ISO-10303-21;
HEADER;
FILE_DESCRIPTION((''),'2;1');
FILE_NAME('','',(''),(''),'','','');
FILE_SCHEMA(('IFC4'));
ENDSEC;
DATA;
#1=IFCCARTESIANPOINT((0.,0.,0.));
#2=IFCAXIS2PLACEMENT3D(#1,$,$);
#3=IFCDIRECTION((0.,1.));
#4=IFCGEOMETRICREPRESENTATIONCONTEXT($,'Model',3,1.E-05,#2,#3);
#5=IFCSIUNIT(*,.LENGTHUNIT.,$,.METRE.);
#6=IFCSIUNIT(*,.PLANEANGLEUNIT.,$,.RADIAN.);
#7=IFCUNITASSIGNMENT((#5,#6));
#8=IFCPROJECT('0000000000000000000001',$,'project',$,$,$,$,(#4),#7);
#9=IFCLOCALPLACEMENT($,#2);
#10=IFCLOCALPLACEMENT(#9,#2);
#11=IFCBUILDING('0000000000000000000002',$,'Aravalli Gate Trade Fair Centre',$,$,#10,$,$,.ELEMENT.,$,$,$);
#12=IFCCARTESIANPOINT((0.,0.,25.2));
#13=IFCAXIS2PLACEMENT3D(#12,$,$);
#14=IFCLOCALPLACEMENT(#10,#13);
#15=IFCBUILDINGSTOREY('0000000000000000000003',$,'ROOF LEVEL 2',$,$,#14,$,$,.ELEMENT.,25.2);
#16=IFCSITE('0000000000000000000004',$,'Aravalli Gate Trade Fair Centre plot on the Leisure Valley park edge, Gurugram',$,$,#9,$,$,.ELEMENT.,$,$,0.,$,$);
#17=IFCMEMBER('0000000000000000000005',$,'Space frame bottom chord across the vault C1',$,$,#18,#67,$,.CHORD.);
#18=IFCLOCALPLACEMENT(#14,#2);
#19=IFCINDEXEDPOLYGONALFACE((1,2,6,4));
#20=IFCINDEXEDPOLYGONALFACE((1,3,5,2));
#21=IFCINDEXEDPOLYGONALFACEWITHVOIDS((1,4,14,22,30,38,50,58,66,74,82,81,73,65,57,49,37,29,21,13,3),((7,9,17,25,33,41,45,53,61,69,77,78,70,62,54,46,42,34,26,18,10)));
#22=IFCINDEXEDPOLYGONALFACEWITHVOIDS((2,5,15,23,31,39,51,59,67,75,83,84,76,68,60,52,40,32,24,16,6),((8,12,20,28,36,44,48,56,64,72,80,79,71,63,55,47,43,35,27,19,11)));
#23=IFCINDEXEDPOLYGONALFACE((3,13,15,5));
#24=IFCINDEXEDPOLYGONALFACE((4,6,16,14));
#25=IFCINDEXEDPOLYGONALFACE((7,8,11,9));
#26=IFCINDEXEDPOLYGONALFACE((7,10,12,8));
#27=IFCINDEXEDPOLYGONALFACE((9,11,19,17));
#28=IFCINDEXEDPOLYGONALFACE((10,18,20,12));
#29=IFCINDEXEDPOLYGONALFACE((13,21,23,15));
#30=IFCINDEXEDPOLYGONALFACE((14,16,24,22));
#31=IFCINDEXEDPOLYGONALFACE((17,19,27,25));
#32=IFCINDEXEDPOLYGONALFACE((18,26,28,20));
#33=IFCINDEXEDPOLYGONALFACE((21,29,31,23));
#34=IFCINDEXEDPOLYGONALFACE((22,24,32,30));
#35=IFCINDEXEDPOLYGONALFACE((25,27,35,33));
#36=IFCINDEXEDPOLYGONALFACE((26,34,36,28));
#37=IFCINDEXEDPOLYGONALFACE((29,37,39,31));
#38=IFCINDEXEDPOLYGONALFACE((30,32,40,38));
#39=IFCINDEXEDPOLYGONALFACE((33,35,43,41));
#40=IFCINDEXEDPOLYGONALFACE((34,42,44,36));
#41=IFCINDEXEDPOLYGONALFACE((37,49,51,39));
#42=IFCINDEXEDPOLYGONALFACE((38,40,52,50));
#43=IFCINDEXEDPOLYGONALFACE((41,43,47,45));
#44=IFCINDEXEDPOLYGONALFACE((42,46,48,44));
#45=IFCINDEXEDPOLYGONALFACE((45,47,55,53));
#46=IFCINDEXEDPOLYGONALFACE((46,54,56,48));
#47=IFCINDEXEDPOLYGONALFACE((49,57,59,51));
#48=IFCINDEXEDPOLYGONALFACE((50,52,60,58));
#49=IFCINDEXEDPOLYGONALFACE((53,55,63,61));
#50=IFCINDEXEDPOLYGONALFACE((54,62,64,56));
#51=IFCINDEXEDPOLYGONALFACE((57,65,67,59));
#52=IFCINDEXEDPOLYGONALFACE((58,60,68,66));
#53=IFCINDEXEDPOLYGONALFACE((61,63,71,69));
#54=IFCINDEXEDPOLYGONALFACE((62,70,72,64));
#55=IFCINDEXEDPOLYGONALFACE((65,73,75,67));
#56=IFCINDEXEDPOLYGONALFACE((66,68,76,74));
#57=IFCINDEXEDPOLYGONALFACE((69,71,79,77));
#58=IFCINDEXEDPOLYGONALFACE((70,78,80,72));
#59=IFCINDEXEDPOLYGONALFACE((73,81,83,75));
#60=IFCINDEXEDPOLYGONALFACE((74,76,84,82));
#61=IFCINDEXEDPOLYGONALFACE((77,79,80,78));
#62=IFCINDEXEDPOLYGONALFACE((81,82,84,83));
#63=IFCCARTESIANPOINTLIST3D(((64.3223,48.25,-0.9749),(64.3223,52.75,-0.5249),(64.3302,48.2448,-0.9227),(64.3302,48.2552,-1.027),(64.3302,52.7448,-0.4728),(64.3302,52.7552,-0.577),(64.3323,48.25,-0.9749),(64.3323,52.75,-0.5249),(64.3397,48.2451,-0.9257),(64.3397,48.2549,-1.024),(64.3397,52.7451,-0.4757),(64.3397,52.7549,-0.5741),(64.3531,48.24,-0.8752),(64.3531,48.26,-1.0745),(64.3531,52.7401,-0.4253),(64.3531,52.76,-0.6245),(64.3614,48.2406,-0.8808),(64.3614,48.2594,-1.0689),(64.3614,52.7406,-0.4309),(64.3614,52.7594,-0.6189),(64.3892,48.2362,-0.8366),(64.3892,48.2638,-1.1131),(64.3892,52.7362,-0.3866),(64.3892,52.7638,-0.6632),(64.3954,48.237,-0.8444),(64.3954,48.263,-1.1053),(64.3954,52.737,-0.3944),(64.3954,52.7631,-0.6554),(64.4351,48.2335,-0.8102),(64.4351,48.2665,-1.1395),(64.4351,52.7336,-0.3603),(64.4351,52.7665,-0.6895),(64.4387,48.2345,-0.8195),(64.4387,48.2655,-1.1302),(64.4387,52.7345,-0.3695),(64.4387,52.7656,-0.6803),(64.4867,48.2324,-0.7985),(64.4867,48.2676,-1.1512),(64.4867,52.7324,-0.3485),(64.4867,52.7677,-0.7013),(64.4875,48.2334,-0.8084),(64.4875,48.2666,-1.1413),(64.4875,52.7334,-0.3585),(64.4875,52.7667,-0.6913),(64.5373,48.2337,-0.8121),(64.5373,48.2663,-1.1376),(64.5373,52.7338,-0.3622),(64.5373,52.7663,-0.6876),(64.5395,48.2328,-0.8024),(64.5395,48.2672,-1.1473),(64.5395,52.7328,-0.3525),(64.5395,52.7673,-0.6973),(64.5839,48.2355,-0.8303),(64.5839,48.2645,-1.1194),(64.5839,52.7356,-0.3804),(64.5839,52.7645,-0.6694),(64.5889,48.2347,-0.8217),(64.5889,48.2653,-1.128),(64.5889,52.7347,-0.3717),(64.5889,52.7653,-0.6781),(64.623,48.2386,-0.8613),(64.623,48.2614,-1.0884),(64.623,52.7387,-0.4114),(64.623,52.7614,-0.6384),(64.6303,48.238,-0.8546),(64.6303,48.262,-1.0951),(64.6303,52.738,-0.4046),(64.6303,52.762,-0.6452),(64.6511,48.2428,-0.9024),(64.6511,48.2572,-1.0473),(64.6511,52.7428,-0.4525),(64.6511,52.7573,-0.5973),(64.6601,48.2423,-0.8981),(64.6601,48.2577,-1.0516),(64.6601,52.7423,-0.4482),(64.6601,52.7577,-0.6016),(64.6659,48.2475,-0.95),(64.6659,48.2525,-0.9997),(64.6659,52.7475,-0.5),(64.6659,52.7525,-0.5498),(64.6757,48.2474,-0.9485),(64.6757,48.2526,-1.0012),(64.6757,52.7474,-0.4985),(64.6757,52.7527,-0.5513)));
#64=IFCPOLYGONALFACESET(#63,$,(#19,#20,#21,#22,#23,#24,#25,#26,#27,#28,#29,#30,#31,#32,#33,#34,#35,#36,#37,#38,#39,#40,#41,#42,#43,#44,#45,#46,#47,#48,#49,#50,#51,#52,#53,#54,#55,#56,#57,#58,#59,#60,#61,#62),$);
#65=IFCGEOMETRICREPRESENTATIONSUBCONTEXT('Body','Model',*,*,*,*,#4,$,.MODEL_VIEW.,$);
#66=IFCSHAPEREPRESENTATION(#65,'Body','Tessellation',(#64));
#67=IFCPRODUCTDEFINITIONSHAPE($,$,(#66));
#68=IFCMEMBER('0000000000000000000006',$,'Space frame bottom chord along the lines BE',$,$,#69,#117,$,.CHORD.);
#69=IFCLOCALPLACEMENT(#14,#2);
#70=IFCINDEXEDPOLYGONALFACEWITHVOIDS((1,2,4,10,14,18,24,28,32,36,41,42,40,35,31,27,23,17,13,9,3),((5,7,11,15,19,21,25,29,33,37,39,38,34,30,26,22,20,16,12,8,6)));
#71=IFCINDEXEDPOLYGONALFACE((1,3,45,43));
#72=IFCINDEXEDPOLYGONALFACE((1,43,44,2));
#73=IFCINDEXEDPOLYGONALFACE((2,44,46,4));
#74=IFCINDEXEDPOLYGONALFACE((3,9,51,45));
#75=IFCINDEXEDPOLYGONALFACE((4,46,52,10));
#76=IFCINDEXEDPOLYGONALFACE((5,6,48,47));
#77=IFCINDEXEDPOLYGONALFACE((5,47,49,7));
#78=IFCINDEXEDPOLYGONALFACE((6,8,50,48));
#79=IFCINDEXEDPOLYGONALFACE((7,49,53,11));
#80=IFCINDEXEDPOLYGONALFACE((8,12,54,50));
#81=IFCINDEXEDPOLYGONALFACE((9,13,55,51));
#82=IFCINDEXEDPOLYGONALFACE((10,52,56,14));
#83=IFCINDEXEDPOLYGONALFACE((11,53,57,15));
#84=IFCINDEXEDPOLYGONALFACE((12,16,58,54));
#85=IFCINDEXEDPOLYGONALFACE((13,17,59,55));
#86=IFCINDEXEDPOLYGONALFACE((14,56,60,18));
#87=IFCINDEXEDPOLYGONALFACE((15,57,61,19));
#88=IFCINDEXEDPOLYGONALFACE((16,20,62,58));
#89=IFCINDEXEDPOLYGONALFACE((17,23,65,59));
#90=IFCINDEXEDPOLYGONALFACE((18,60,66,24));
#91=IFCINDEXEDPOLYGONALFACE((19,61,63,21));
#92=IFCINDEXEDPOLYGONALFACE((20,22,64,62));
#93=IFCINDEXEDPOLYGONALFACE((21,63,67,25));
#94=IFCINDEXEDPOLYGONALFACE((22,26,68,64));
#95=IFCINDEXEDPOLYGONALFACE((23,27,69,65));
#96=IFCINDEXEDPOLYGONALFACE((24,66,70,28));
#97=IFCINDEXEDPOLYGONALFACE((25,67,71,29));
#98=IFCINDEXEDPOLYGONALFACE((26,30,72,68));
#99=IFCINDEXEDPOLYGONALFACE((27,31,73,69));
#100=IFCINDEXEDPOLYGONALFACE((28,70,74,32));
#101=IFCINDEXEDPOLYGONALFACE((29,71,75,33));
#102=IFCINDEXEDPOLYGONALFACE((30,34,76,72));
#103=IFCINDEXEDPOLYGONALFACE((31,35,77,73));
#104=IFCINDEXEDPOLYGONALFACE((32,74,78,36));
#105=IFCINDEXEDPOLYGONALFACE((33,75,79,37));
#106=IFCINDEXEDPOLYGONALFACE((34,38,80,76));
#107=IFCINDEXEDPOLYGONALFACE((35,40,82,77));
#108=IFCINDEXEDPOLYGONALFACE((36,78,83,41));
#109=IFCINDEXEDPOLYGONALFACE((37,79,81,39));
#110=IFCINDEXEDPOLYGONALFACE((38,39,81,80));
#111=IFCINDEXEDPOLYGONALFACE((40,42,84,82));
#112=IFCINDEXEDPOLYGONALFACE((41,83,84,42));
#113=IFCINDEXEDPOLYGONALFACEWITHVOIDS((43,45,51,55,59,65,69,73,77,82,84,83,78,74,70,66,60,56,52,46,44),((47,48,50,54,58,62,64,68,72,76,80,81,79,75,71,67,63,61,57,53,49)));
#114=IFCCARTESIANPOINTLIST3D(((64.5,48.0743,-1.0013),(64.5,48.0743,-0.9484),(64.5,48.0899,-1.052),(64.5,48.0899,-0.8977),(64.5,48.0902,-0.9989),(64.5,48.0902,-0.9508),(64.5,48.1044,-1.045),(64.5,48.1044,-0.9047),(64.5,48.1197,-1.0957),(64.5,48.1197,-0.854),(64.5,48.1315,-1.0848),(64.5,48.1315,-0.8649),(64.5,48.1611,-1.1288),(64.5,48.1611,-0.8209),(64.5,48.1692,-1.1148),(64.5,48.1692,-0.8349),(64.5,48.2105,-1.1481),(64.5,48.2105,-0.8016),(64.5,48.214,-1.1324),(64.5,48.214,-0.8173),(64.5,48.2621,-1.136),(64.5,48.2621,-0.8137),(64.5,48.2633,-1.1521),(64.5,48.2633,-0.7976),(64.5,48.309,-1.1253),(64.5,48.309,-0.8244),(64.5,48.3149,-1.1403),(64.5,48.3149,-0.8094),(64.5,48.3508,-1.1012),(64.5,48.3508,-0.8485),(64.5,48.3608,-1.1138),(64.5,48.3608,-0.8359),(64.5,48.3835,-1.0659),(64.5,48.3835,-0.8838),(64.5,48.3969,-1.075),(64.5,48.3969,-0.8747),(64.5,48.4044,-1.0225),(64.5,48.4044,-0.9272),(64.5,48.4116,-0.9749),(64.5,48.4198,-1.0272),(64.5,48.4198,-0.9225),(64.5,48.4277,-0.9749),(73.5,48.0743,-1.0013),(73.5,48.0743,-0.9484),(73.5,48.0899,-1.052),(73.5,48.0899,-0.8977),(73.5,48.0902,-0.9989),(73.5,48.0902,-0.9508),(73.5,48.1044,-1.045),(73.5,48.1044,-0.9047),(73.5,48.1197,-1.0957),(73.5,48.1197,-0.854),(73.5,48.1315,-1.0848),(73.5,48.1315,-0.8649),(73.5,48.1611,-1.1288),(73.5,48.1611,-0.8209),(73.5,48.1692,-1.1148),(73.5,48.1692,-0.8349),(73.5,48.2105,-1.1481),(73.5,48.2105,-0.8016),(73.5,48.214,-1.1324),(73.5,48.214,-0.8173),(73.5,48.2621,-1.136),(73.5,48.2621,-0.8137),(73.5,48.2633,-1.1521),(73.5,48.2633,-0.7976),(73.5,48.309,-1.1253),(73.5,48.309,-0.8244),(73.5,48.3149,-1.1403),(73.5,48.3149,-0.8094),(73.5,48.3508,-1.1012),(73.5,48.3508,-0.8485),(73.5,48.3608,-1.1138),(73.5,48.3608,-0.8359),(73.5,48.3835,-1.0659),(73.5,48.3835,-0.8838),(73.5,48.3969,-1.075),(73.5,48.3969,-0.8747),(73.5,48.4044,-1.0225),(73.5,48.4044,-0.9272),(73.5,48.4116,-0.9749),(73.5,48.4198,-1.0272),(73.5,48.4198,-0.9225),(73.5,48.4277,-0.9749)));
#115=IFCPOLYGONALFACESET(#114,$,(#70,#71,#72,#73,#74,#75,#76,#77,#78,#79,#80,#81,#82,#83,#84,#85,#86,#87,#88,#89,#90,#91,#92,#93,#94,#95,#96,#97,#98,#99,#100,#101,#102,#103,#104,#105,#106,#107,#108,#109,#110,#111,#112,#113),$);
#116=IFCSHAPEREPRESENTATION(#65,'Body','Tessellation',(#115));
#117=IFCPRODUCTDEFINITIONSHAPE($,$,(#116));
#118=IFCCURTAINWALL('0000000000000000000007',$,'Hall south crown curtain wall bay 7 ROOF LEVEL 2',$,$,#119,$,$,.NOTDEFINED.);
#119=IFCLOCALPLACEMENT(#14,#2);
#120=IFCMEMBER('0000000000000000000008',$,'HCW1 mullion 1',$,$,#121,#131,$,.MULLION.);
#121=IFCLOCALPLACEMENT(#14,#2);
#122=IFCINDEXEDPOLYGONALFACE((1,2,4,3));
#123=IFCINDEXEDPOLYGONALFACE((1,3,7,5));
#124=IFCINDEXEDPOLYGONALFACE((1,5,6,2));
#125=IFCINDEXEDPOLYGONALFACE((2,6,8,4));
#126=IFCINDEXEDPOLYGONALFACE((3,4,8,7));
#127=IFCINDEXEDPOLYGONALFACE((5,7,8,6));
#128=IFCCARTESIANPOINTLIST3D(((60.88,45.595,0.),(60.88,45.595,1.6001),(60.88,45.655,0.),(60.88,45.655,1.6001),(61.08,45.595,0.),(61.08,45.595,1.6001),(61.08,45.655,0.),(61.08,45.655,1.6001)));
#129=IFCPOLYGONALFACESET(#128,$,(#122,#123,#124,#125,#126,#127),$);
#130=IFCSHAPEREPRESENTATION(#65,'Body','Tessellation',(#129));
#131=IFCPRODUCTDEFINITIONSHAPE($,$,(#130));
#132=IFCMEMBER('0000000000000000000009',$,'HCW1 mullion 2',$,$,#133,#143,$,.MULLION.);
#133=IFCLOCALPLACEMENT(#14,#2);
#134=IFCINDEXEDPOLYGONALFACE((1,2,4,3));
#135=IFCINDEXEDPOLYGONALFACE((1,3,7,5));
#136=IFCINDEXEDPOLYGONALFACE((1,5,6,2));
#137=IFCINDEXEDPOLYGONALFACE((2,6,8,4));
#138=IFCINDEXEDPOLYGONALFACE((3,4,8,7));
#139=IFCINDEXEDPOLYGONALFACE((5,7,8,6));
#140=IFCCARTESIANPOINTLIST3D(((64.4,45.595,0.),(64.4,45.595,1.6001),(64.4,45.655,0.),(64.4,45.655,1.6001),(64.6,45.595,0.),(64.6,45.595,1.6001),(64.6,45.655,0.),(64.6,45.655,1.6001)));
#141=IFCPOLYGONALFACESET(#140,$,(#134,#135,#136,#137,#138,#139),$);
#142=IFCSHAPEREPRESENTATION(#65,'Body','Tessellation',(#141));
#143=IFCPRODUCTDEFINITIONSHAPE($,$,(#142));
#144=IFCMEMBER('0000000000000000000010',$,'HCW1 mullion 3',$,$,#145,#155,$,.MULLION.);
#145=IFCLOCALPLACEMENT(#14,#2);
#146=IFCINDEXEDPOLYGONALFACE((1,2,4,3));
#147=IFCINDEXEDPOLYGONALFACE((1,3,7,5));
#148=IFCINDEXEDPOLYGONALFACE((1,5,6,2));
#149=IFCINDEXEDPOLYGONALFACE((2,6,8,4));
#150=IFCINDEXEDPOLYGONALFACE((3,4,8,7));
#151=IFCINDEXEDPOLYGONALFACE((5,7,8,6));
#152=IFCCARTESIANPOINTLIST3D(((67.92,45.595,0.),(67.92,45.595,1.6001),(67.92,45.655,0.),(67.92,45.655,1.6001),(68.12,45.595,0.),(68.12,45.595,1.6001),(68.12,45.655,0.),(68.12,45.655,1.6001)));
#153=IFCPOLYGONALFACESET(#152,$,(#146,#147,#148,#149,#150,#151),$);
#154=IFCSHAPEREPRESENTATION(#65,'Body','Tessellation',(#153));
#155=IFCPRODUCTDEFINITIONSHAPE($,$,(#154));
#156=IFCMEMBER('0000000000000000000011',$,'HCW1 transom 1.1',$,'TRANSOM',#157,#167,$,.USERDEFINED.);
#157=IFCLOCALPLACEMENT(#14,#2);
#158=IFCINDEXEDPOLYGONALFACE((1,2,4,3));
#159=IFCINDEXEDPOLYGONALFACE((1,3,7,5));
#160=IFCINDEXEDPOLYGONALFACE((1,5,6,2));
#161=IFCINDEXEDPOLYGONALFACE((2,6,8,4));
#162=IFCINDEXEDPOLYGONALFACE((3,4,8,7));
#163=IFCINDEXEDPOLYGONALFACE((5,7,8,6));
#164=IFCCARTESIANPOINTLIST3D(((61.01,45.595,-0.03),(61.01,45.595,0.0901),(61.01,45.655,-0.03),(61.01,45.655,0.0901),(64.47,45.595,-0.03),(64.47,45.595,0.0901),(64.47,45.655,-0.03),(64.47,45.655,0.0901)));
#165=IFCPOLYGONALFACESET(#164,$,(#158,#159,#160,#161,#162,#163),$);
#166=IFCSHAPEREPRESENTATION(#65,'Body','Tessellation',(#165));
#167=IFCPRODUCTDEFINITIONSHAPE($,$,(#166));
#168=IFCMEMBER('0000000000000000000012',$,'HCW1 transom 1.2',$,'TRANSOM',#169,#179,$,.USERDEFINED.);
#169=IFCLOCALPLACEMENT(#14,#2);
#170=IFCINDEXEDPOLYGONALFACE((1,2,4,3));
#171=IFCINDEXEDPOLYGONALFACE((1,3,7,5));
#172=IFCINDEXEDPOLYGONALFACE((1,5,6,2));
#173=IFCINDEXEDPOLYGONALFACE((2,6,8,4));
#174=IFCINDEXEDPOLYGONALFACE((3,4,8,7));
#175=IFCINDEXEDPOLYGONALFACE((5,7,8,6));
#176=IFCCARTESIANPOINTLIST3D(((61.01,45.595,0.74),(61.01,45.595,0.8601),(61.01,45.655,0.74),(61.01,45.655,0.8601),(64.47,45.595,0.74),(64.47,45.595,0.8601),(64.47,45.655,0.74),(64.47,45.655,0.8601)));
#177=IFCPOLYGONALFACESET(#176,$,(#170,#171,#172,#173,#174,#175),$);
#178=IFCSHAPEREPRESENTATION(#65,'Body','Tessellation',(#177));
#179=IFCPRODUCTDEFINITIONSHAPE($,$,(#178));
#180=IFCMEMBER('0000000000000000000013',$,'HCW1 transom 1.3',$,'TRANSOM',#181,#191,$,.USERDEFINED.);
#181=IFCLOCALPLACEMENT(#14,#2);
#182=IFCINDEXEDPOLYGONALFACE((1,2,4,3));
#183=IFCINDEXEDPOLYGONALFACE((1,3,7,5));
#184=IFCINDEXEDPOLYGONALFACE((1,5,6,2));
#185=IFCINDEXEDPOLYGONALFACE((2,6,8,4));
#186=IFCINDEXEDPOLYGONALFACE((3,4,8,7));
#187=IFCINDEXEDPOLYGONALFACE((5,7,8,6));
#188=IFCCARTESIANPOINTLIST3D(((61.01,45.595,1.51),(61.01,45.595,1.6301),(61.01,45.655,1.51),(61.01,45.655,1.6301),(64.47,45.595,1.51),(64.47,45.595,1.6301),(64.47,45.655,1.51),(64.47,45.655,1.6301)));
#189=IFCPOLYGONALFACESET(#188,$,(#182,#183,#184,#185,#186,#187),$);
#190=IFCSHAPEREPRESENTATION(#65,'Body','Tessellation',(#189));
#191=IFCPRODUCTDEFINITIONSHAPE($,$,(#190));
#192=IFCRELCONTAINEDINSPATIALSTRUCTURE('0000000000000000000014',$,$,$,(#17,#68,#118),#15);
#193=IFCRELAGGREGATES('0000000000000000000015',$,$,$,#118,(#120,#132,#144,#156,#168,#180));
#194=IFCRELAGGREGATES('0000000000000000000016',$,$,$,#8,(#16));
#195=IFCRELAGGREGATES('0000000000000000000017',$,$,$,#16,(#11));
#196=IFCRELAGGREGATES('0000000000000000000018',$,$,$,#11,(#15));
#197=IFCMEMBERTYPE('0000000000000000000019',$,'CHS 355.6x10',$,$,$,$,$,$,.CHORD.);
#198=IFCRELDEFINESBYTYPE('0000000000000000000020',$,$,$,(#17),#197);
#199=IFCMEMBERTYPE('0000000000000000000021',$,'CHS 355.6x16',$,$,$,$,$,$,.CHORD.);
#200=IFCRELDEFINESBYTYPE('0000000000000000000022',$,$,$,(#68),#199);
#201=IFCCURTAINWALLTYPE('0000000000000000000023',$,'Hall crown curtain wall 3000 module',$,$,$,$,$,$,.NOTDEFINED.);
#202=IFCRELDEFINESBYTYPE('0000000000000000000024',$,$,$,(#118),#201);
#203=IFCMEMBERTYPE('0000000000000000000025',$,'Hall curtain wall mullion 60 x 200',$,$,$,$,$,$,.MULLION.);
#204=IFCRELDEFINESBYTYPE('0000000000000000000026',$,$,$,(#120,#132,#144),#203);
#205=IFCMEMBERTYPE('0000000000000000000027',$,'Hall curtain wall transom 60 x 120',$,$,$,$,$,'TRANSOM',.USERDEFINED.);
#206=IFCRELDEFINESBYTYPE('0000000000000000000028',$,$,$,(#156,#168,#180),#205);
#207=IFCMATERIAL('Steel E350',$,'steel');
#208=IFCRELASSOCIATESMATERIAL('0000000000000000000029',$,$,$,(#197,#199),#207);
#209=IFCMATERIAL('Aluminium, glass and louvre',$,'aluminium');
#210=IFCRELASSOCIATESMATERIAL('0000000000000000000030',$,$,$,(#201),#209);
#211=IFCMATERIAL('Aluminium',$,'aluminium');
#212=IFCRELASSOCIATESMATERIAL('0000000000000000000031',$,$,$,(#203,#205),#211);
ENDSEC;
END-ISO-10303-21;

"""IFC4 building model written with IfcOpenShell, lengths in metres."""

from ifc_helpers import new_model, si_unit, direction, frame, origin, origin_2d, place, context, subcontext, project, spatial, rectangle, hollow_circle, extrude, material, material_profile, profile_set, type_object, element, aggregate, save


model = new_model("IFC4")

# Units and contexts
model_context = context("Model", 3, precision=1e-05, world=origin(), true_north=direction((0.0, 1.0)))
body_context = subcontext(model_context, "Body", "Model", "MODEL_VIEW")
ifc_project = project(units=[si_unit("LENGTHUNIT", "METRE"), si_unit("PLANEANGLEUNIT", "RADIAN")], contexts=[model_context])

# Site, building, storey
site_placement = place(None, origin())
site = spatial("IfcSite", under=ifc_project, at=site_placement, Name="Aravalli Gate Trade Fair Centre plot on the Leisure Valley park edge, Gurugram", CompositionType="ELEMENT", RefElevation=0.0)
building_placement = place(site_placement, origin())
building = spatial("IfcBuilding", under=site, at=building_placement, Name="Aravalli Gate Trade Fair Centre", CompositionType="ELEMENT")
storey_placement = place(building_placement, frame((0.0, 0.0, 25.2)))
storey = spatial("IfcBuildingStorey", under=building, at=storey_placement, Name="ROOF LEVEL 2", CompositionType="ELEMENT", Elevation=25.2)

# Members
ifc_material_1 = material(Name="Steel E350", Category="steel")
ifc_material_profile_1 = material_profile(ifc_material_1, hollow_circle(Radius=0.1777, WallThickness=0.01, at=origin_2d()), Name="CHS 355.6x10")
ifc_profile_set_1 = profile_set([ifc_material_profile_1], Name="Steel E350")
member_type_1 = type_object("IfcMemberType", Name="CHS 355.6x10", PredefinedType="CHORD", material=ifc_profile_set_1)
member_1_placement = place(storey_placement, frame((64.5, 48.25, -0.9749), z_axis=(0.0, 0.995038, 0.099493), x_axis=(-1.0, 0.0, 0.0)))
element("IfcMember", 1, at=member_1_placement, inside=storey, type_object=member_type_1, Name="Space frame bottom chord across the vault C1", PredefinedType="CHORD", context=body_context, shape_type="SweptSolid", body=[
    extrude(hollow_circle(Radius=0.1777, WallThickness=0.01, at=origin_2d()), origin(), (0.0, 0.0, 1.0), 4.5225),
])
ifc_material_profile_2 = material_profile(ifc_material_1, hollow_circle(Radius=0.1777, WallThickness=0.0161, at=origin_2d()), Name="CHS 355.6x16")
ifc_profile_set_2 = profile_set([ifc_material_profile_2], Name="Steel E350")
member_type_2 = type_object("IfcMemberType", Name="CHS 355.6x16", PredefinedType="CHORD", material=ifc_profile_set_2)
member_2_placement = place(storey_placement, frame((64.5, 48.25, -0.9749), z_axis=(1.0, 0.0, 0.0), x_axis=(0.0, 1.0, 0.0)))
element("IfcMember", 2, at=member_2_placement, inside=storey, type_object=member_type_2, Name="Space frame bottom chord along the lines BE", PredefinedType="CHORD", context=body_context, shape_type="SweptSolid", body=[
    extrude(hollow_circle(Radius=0.1777, WallThickness=0.0161, at=origin_2d()), origin(), (0.0, 0.0, 1.0), 9.0),
])

# Curtain wall, members
ifc_material_2 = material(Name="Aluminium, glass and louvre", Category="aluminium")
curtain_wall_type = type_object("IfcCurtainWallType", Name="Hall crown curtain wall 3000 module", PredefinedType="NOTDEFINED", material=ifc_material_2)
curtain_wall_placement = place(storey_placement, origin())
curtain_wall = element("IfcCurtainWall", 3, at=curtain_wall_placement, inside=storey, type_object=curtain_wall_type, Name="Hall south crown curtain wall bay 7 ROOF LEVEL 2", PredefinedType="NOTDEFINED")
ifc_material_3 = material(Name="Aluminium", Category="aluminium")
ifc_material_profile_3 = material_profile(ifc_material_3, rectangle(XDim=0.0601, YDim=0.2, at=origin_2d()), Name="Hall curtain wall mullion 60 x 200")
ifc_profile_set_3 = profile_set([ifc_material_profile_3], Name="Aluminium")
member_type_3 = type_object("IfcMemberType", Name="Hall curtain wall mullion 60 x 200", PredefinedType="MULLION", material=ifc_profile_set_3)
member_3_placement = place(storey_placement, frame((60.98, 45.625, 0.0), z_axis=(0.0, 0.0, 1.0), x_axis=(0.0, 1.0, 0.0)))
member_3 = element("IfcMember", 4, at=member_3_placement, type_object=member_type_3, Name="HCW1 mullion 1", PredefinedType="MULLION", context=body_context, shape_type="SweptSolid", body=[
    extrude(rectangle(XDim=0.0601, YDim=0.2, at=origin_2d()), origin(), (0.0, 0.0, 1.0), 1.6001),
])
member_4_placement = place(storey_placement, frame((64.5, 45.625, 0.0), z_axis=(0.0, 0.0, 1.0), x_axis=(0.0, 1.0, 0.0)))
member_4 = element("IfcMember", 5, at=member_4_placement, type_object=member_type_3, Name="HCW1 mullion 2", PredefinedType="MULLION", context=body_context, shape_type="SweptSolid", body=[
    extrude(rectangle(XDim=0.0601, YDim=0.2, at=origin_2d()), origin(), (0.0, 0.0, 1.0), 1.6001),
])
member_5_placement = place(storey_placement, frame((68.02, 45.625, 0.0), z_axis=(0.0, 0.0, 1.0), x_axis=(0.0, 1.0, 0.0)))
member_5 = element("IfcMember", 6, at=member_5_placement, type_object=member_type_3, Name="HCW1 mullion 3", PredefinedType="MULLION", context=body_context, shape_type="SweptSolid", body=[
    extrude(rectangle(XDim=0.0601, YDim=0.2, at=origin_2d()), origin(), (0.0, 0.0, 1.0), 1.6001),
])
ifc_material_profile_4 = material_profile(ifc_material_3, rectangle(XDim=0.0601, YDim=0.1201, at=origin_2d()), Name="Hall curtain wall transom 60 x 120")
ifc_profile_set_4 = profile_set([ifc_material_profile_4], Name="Aluminium")
member_type_4 = type_object("IfcMemberType", Name="Hall curtain wall transom 60 x 120", ElementType="TRANSOM", PredefinedType="USERDEFINED", material=ifc_profile_set_4)
member_6_placement = place(storey_placement, frame((61.01, 45.625, 0.03), z_axis=(1.0, 0.0, 0.0), x_axis=(0.0, 1.0, 0.0)))
member_6 = element("IfcMember", 7, at=member_6_placement, type_object=member_type_4, Name="HCW1 transom 1.1", ObjectType="TRANSOM", PredefinedType="USERDEFINED", context=body_context, shape_type="SweptSolid", body=[
    extrude(rectangle(XDim=0.0601, YDim=0.1201, at=origin_2d()), origin(), (0.0, 0.0, 1.0), 3.46),
])
member_7_placement = place(storey_placement, frame((61.01, 45.625, 0.8), z_axis=(1.0, 0.0, 0.0), x_axis=(0.0, 1.0, 0.0)))
member_7 = element("IfcMember", 8, at=member_7_placement, type_object=member_type_4, Name="HCW1 transom 1.2", ObjectType="TRANSOM", PredefinedType="USERDEFINED", context=body_context, shape_type="SweptSolid", body=[
    extrude(rectangle(XDim=0.0601, YDim=0.1201, at=origin_2d()), origin(), (0.0, 0.0, 1.0), 3.46),
])
member_8_placement = place(storey_placement, frame((61.01, 45.625, 1.5701), z_axis=(1.0, 0.0, 0.0), x_axis=(0.0, 1.0, 0.0)))
member_8 = element("IfcMember", 9, at=member_8_placement, type_object=member_type_4, Name="HCW1 transom 1.3", ObjectType="TRANSOM", PredefinedType="USERDEFINED", context=body_context, shape_type="SweptSolid", body=[
    extrude(rectangle(XDim=0.0601, YDim=0.1201, at=origin_2d()), origin(), (0.0, 0.0, 1.0), 3.46),
])
aggregate(curtain_wall, [member_3, member_4, member_5, member_6, member_7, member_8])

save(model, "model.ifc")
